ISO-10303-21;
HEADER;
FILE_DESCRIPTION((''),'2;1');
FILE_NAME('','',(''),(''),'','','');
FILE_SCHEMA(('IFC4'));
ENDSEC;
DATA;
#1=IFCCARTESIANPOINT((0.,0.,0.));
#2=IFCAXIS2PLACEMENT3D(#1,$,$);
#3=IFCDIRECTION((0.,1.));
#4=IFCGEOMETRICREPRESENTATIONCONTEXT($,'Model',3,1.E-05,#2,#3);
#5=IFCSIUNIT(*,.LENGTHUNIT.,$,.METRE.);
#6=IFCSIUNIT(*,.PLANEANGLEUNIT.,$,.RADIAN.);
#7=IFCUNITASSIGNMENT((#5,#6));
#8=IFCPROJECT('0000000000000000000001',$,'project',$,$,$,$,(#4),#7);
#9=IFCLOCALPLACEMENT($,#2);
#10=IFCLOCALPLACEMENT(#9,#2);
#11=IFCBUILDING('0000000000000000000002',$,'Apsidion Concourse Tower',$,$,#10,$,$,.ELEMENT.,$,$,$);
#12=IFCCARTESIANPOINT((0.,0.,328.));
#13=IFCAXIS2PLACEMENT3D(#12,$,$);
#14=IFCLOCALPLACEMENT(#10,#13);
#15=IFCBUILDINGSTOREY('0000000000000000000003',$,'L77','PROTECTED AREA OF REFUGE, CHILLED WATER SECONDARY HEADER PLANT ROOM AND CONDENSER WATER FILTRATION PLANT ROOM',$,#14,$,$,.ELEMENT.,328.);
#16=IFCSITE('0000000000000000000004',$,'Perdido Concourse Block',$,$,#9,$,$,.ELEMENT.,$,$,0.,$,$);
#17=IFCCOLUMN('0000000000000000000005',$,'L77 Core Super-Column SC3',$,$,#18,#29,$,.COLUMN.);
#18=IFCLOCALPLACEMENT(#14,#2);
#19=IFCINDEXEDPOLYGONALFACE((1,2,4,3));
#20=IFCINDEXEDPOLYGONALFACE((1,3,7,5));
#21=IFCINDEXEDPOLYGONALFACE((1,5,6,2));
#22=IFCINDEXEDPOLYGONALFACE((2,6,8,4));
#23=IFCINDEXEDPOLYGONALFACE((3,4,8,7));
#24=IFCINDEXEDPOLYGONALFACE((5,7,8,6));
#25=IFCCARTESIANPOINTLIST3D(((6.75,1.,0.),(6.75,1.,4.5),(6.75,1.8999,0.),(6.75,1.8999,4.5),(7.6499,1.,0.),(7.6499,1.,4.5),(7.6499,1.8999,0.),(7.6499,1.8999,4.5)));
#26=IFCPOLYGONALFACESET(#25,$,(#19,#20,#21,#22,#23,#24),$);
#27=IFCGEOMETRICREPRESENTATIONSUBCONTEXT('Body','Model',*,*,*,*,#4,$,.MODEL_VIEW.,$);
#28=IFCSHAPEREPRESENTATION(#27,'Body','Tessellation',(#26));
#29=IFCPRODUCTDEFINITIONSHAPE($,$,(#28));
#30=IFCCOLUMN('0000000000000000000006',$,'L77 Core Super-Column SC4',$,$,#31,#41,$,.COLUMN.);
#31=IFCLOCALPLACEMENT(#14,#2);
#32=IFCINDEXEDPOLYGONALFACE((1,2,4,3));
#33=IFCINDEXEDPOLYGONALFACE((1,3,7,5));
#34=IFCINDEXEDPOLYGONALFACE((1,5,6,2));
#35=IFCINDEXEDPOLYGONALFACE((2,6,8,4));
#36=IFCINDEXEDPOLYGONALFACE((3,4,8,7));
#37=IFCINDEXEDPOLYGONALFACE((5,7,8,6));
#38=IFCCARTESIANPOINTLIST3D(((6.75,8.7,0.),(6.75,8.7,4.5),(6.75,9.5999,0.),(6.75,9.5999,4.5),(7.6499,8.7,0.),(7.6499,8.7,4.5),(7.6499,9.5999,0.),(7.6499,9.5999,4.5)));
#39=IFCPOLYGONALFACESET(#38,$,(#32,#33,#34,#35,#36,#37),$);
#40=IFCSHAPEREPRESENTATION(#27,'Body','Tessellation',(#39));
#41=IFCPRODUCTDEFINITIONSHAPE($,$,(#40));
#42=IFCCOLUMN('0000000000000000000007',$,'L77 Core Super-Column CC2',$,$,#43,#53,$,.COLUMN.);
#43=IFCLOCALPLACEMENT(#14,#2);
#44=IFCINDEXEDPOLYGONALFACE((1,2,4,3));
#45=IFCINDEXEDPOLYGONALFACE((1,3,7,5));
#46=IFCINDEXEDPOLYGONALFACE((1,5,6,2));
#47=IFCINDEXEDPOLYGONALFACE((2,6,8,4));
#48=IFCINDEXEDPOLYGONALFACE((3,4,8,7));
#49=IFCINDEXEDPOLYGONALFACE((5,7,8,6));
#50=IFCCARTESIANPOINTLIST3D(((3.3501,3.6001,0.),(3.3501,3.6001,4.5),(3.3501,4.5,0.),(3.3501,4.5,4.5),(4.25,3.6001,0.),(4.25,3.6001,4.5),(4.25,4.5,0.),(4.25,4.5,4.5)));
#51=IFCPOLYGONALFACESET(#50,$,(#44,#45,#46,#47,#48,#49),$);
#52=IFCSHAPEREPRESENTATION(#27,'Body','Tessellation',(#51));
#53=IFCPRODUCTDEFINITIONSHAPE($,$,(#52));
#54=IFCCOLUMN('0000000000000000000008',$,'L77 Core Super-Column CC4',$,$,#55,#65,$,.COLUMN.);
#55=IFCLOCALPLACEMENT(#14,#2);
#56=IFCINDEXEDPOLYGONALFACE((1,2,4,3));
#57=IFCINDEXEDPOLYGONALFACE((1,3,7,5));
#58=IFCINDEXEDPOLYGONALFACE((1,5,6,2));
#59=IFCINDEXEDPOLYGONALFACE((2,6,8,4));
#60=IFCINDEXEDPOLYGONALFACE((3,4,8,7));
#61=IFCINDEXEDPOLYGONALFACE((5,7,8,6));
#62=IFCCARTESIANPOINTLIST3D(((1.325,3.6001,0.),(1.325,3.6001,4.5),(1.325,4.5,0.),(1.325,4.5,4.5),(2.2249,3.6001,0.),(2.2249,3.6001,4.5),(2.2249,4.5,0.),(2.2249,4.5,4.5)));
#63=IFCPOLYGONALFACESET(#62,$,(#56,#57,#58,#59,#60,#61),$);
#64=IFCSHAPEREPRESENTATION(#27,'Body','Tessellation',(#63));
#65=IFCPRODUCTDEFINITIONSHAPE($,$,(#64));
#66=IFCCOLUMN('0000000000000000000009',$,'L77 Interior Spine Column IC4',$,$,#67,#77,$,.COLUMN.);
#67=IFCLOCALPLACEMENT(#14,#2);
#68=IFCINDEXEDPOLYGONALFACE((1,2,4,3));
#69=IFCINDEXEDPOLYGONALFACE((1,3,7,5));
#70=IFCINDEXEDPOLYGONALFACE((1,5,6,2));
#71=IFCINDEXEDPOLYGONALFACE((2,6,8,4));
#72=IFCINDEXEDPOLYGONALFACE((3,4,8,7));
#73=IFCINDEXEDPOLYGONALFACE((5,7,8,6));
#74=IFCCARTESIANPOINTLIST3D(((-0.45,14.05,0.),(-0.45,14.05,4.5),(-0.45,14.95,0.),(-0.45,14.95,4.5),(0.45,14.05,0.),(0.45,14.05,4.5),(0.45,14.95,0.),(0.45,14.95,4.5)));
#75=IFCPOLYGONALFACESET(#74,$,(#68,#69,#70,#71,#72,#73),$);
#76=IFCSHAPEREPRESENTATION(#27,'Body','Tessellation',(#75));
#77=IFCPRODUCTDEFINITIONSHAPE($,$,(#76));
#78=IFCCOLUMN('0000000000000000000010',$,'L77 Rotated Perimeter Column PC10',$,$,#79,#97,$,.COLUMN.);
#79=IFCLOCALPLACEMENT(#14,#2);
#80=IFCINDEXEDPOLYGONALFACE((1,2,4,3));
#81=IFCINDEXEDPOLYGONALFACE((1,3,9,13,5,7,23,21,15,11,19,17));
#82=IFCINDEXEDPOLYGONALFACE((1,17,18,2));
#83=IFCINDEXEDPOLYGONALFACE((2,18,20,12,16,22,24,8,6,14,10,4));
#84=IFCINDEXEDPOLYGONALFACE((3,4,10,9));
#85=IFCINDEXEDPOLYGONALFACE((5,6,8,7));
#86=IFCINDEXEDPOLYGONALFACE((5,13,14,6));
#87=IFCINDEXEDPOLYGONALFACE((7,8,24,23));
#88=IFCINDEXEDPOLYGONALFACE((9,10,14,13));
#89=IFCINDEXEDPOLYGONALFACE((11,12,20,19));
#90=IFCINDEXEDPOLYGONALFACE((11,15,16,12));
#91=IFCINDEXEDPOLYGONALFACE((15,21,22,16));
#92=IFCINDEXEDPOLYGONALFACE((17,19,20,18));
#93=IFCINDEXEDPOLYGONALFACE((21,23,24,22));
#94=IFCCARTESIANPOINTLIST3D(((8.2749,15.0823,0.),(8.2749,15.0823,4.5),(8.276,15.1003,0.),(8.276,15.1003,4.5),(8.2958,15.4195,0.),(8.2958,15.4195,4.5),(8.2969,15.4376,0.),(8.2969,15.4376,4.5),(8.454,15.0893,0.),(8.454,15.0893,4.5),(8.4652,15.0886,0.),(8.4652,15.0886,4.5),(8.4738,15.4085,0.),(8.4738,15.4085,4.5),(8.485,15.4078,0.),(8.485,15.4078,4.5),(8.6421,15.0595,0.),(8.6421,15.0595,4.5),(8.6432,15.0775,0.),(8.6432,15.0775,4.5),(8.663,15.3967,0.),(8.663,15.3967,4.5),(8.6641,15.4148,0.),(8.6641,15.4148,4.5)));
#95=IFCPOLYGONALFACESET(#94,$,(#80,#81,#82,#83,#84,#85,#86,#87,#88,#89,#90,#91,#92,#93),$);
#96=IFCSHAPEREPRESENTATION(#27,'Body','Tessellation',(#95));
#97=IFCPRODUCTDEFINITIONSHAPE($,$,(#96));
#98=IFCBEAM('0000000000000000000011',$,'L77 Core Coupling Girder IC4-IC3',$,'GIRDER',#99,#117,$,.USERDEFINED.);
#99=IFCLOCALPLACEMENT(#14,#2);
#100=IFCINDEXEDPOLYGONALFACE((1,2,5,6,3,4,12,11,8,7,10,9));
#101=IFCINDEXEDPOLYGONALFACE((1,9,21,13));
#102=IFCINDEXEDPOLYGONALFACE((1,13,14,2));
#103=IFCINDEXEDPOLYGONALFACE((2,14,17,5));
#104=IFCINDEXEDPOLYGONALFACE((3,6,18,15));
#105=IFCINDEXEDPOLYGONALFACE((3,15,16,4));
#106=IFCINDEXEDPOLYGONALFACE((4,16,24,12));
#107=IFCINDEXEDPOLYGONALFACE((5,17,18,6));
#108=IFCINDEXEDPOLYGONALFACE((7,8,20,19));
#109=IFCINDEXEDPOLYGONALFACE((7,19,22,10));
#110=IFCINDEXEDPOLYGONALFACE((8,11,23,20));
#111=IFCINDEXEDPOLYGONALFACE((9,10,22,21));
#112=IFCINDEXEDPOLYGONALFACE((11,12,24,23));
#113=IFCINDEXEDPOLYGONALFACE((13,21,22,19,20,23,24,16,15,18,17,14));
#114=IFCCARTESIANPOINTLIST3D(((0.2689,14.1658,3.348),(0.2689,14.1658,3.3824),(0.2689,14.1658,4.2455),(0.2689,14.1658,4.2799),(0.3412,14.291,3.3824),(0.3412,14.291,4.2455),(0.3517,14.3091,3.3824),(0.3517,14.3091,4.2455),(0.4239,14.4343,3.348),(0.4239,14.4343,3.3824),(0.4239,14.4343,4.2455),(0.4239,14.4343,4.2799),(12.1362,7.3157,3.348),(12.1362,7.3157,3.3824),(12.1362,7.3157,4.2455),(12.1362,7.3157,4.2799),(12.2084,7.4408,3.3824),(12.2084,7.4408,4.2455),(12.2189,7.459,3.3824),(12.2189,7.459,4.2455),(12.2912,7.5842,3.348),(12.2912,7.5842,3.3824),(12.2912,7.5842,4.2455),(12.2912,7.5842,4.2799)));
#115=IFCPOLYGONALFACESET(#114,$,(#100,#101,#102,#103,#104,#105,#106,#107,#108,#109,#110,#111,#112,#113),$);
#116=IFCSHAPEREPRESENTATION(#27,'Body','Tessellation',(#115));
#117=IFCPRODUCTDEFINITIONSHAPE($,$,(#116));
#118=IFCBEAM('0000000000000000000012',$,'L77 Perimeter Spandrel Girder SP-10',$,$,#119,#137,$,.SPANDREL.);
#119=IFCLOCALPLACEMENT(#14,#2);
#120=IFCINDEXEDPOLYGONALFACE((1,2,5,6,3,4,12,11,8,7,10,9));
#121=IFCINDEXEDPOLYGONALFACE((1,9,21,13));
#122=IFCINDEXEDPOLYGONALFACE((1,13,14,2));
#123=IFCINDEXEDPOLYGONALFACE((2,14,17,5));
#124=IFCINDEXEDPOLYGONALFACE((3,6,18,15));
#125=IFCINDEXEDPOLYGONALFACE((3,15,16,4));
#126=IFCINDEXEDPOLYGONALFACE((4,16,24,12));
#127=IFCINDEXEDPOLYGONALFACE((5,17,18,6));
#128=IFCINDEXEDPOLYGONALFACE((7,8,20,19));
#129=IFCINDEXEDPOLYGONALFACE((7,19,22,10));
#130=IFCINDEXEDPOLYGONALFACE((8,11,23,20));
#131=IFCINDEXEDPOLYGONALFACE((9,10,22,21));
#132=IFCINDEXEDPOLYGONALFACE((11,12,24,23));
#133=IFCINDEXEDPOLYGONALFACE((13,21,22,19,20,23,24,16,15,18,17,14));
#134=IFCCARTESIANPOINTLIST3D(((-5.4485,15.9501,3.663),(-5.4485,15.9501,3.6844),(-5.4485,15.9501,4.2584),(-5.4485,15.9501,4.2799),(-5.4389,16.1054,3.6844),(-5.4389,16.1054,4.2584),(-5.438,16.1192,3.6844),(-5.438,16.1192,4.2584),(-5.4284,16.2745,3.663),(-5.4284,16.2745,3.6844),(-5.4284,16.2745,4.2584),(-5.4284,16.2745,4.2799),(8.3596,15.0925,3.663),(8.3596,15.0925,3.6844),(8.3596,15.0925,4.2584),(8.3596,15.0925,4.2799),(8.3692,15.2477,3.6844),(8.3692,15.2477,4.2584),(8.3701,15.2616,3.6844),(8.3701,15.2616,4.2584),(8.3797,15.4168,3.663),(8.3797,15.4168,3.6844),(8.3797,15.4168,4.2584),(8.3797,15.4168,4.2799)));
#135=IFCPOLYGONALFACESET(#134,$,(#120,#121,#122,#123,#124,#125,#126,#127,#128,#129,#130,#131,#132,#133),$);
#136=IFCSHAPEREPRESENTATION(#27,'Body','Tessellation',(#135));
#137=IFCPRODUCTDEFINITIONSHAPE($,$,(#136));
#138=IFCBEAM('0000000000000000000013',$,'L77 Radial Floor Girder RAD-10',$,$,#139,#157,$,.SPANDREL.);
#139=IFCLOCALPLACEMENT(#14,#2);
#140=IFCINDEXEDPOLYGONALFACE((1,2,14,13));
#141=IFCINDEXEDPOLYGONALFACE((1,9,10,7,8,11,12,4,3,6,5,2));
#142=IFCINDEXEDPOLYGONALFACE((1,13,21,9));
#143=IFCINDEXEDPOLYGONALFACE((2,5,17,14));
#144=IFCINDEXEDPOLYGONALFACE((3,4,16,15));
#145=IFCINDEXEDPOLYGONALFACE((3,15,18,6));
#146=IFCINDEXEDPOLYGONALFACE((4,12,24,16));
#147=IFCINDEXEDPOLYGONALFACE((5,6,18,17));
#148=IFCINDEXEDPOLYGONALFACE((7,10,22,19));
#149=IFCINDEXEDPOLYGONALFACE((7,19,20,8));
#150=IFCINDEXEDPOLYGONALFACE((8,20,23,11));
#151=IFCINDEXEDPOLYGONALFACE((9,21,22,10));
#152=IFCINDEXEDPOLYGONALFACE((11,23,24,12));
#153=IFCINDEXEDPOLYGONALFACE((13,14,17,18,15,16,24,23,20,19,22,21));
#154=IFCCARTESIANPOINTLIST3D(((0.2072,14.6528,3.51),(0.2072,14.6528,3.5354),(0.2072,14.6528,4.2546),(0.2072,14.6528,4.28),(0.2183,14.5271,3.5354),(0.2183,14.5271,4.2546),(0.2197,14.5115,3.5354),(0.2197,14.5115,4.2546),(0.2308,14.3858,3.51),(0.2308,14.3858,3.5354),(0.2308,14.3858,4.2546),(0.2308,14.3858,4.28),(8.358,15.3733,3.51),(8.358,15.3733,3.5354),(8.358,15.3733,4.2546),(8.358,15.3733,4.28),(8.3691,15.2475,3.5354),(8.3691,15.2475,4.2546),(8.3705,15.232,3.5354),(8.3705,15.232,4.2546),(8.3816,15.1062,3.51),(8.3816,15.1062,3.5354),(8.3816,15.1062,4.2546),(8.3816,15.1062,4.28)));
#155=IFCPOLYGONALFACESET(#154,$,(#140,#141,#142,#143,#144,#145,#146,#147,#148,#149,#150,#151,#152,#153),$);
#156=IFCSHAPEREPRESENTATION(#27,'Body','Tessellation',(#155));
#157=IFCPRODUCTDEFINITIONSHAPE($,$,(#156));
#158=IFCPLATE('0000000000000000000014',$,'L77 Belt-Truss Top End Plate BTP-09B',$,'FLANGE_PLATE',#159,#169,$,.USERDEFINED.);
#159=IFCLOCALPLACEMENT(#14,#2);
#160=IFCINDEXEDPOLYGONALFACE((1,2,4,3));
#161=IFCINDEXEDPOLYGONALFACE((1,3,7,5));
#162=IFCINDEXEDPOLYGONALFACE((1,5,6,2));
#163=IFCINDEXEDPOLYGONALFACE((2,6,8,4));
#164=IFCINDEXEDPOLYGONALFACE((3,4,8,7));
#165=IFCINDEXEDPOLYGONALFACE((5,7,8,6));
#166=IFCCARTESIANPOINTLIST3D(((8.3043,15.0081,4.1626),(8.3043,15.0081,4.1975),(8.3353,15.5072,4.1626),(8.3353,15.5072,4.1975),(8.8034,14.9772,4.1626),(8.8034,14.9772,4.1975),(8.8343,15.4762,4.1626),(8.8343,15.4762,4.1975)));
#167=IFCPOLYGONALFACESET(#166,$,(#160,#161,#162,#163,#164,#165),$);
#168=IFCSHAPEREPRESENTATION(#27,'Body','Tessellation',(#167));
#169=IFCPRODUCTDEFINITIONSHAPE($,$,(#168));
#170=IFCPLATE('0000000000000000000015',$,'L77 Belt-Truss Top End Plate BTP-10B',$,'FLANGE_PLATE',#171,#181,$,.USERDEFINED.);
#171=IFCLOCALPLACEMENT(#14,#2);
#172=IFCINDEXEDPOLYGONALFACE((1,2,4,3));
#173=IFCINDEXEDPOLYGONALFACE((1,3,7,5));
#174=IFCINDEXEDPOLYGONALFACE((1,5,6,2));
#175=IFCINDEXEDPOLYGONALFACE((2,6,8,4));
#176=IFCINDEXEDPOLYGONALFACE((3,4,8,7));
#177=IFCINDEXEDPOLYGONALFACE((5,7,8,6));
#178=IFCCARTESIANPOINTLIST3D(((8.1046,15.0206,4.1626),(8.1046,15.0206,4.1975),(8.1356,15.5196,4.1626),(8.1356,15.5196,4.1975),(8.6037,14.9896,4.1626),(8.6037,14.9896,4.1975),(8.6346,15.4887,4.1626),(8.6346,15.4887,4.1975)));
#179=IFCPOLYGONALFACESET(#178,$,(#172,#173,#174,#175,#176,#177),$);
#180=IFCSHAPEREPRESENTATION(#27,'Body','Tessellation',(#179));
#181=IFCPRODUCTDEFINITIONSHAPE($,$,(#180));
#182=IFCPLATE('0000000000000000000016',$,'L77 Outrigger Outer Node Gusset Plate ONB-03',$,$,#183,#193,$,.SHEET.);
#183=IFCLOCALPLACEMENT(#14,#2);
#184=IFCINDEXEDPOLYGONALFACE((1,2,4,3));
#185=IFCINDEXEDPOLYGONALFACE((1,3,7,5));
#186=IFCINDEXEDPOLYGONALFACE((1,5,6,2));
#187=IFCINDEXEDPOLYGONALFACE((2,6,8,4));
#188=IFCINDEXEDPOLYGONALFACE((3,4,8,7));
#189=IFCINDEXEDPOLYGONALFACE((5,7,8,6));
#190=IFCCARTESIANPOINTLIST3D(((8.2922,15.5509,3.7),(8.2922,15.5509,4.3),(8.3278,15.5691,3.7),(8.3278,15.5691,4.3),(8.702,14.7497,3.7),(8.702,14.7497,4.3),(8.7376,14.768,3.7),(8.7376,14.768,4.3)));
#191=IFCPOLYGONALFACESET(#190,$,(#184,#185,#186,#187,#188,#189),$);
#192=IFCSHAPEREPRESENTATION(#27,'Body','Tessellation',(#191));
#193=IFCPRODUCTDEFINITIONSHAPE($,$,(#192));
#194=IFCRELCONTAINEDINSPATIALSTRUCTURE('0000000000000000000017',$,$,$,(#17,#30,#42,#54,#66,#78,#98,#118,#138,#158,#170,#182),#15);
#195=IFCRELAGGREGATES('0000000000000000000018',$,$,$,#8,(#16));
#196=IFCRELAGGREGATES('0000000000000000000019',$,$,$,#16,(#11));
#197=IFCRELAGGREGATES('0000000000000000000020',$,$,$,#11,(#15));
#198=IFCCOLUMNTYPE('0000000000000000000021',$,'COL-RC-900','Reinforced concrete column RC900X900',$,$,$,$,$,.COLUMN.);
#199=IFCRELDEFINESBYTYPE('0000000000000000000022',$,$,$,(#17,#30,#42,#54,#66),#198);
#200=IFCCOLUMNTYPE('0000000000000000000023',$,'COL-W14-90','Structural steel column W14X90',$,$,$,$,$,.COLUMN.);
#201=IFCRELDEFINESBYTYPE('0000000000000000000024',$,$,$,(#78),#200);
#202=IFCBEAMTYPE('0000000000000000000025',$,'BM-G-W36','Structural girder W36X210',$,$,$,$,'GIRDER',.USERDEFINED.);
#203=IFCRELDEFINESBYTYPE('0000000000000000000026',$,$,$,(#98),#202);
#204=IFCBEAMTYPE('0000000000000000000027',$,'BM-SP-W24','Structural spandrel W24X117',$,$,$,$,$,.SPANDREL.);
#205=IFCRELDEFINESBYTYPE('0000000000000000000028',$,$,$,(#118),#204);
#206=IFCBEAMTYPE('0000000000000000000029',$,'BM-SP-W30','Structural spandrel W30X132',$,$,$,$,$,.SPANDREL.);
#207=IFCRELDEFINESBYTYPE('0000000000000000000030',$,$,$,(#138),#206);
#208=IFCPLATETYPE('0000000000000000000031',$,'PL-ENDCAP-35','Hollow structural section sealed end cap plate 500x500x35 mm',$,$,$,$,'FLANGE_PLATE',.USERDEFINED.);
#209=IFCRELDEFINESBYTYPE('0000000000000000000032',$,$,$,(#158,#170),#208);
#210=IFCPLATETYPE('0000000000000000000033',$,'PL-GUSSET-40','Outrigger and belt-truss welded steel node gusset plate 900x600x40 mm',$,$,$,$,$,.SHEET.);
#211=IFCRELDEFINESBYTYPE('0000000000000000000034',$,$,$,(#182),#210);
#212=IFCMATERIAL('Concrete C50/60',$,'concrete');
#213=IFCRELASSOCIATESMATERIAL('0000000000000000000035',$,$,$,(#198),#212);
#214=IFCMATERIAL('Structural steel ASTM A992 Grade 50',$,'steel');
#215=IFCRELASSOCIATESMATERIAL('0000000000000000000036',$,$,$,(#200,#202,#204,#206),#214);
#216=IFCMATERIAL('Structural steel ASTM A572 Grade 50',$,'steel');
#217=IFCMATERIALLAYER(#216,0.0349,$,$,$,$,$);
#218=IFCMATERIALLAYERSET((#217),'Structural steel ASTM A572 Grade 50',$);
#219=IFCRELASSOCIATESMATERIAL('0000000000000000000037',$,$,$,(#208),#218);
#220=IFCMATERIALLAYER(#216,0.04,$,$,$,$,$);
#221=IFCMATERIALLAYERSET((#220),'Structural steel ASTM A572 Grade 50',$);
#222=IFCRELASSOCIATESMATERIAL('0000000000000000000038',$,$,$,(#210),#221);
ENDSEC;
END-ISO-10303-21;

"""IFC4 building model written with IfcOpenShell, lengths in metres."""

from ifc_helpers import new_model, si_unit, direction, frame, origin, origin_2d, place, context, subcontext, project, spatial, rectangle, i_section, extrude, material, layer, layer_set, material_profile, profile_set, type_object, element, save


model = new_model("IFC4")

# Units and contexts
model_context = context("Model", 3, precision=1e-05, world=origin(), true_north=direction((0.0, 1.0)))
body_context = subcontext(model_context, "Body", "Model", "MODEL_VIEW")
ifc_project = project(units=[si_unit("LENGTHUNIT", "METRE"), si_unit("PLANEANGLEUNIT", "RADIAN")], contexts=[model_context])

# Site, building, storey
site_placement = place(None, origin())
site = spatial("IfcSite", under=ifc_project, at=site_placement, Name="Perdido Concourse Block", CompositionType="ELEMENT", RefElevation=0.0)
building_placement = place(site_placement, origin())
building = spatial("IfcBuilding", under=site, at=building_placement, Name="Apsidion Concourse Tower", CompositionType="ELEMENT")
storey_placement = place(building_placement, frame((0.0, 0.0, 328.0)))
storey = spatial("IfcBuildingStorey", under=building, at=storey_placement, Name="L77", Description="PROTECTED AREA OF REFUGE, CHILLED WATER SECONDARY HEADER PLANT ROOM AND CONDENSER WATER FILTRATION PLANT ROOM", CompositionType="ELEMENT", Elevation=328.0)

# Columns
ifc_material_1 = material(Name="Concrete C50/60", Category="concrete")
ifc_material_profile_1 = material_profile(ifc_material_1, rectangle(XDim=0.8999, YDim=0.8999, at=origin_2d()), Name="RC 900x900")
ifc_profile_set_1 = profile_set([ifc_material_profile_1], Name="Concrete C50/60")
column_type_1 = type_object("IfcColumnType", Name="COL-RC-900", Description="Reinforced concrete column RC900X900", PredefinedType="COLUMN", material=ifc_profile_set_1)
for number, where, z_axis, x_axis, name in (
    (1, (7.2, 1.45, 0.0), (0.0, 0.0, 1.0), (1.0, 0.0, 0.0), "L77 Core Super-Column SC3"),
    (2, (7.2, 9.1499, 0.0), (0.0, 0.0, 1.0), (1.0, 0.0, 0.0), "L77 Core Super-Column SC4"),
    (3, (3.8, 4.05, 0.0), (0.0, 0.0, 1.0), (1.0, 0.0, 0.0), "L77 Core Super-Column CC2"),
    (4, (1.7749, 4.05, 0.0), (0.0, 0.0, 1.0), (1.0, 0.0, 0.0), "L77 Core Super-Column CC4"),
    (5, (0.0, 14.5, 0.0), (0.0, 0.0, 1.0), (1.0, 0.0, 0.0), "L77 Interior Spine Column IC4"),
):
    element("IfcColumn", number, at=place(storey_placement, frame(where, z_axis=z_axis, x_axis=x_axis)), inside=storey, type_object=column_type_1, Name=name, PredefinedType="COLUMN", context=body_context, shape_type="SweptSolid", body=[
        extrude(rectangle(XDim=0.8999, YDim=0.8999, at=origin_2d()), origin(), (0.0, 0.0, 1.0), 4.5),
    ])
ifc_material_2 = material(Name="Structural steel ASTM A992 Grade 50", Category="steel")
ifc_material_profile_2 = material_profile(ifc_material_2, i_section(OverallWidth=0.3679, OverallDepth=0.356, WebThickness=0.0112, FlangeThickness=0.0181, at=origin_2d()), Name="W14X90")
ifc_profile_set_2 = profile_set([ifc_material_profile_2], Name="Structural steel ASTM A992 Grade 50")
column_type_2 = type_object("IfcColumnType", Name="COL-W14-90", Description="Structural steel column W14X90", PredefinedType="COLUMN", material=ifc_profile_set_2)
column_placement = place(storey_placement, frame((8.4695, 15.2485, 0.0), z_axis=(0.0, 0.0, 1.0), x_axis=(-0.998081, 0.06192, 0.0)))
element("IfcColumn", 6, at=column_placement, inside=storey, type_object=column_type_2, Name="L77 Rotated Perimeter Column PC10", PredefinedType="COLUMN", context=body_context, shape_type="SweptSolid", body=[
    extrude(i_section(OverallWidth=0.3679, OverallDepth=0.356, WebThickness=0.0112, FlangeThickness=0.0181, at=origin_2d()), origin(), (0.0, 0.0, 1.0), 4.5),
])

# Beams
ifc_material_profile_3 = material_profile(ifc_material_2, i_section(OverallWidth=0.3101, OverallDepth=0.9319, WebThickness=0.021, FlangeThickness=0.0344, at=origin_2d()), Name="W36X210")
ifc_profile_set_3 = profile_set([ifc_material_profile_3], Name="Structural steel ASTM A992 Grade 50")
beam_type_1 = type_object("IfcBeamType", Name="BM-G-W36", Description="Structural girder W36X210", ElementType="GIRDER", PredefinedType="USERDEFINED", material=ifc_profile_set_3)
beam_1_placement = place(storey_placement, frame((0.3464, 14.3, 3.814), z_axis=(0.86607, -0.499922, 0.0), x_axis=(0.499922, 0.86607, 0.0)))
element("IfcBeam", 7, at=beam_1_placement, inside=storey, type_object=beam_type_1, Name="L77 Core Coupling Girder IC4-IC3", ObjectType="GIRDER", PredefinedType="USERDEFINED", context=body_context, shape_type="SweptSolid", body=[
    extrude(i_section(OverallWidth=0.3101, OverallDepth=0.9319, WebThickness=0.021, FlangeThickness=0.0344, at=origin_2d()), origin(), (0.0, 0.0, 1.0), 13.7024),
])
ifc_material_profile_4 = material_profile(ifc_material_2, i_section(OverallWidth=0.325, OverallDepth=0.6169, WebThickness=0.0139, FlangeThickness=0.0215, at=origin_2d()), Name="W24X117")
ifc_profile_set_4 = profile_set([ifc_material_profile_4], Name="Structural steel ASTM A992 Grade 50")
beam_type_2 = type_object("IfcBeamType", Name="BM-SP-W24", Description="Structural spandrel W24X117", PredefinedType="SPANDREL", material=ifc_profile_set_4)
beam_2_placement = place(storey_placement, frame((8.3696, 15.2546, 3.9714), z_axis=(-0.998077, 0.061994, 0.0), x_axis=(-0.061994, -0.998077, 0.0)))
element("IfcBeam", 8, at=beam_2_placement, inside=storey, type_object=beam_type_2, Name="L77 Perimeter Spandrel Girder SP-10", PredefinedType="SPANDREL", context=body_context, shape_type="SweptSolid", body=[
    extrude(i_section(OverallWidth=0.325, OverallDepth=0.6169, WebThickness=0.0139, FlangeThickness=0.0215, at=origin_2d()), origin(), (0.0, 0.0, 1.0), 13.8347),
])
ifc_material_profile_5 = material_profile(ifc_material_2, i_section(OverallWidth=0.2681, OverallDepth=0.77, WebThickness=0.0156, FlangeThickness=0.0254, at=origin_2d()), Name="W30X132")
ifc_profile_set_5 = profile_set([ifc_material_profile_5], Name="Structural steel ASTM A992 Grade 50")
beam_type_3 = type_object("IfcBeamType", Name="BM-SP-W30", Description="Structural spandrel W30X132", PredefinedType="SPANDREL", material=ifc_profile_set_5)
beam_3_placement = place(storey_placement, frame((0.219, 14.5193, 3.895), z_axis=(0.996116, 0.088047, 0.0), x_axis=(-0.088047, 0.996116, 0.0)))
element("IfcBeam", 9, at=beam_3_placement, inside=storey, type_object=beam_type_3, Name="L77 Radial Floor Girder RAD-10", PredefinedType="SPANDREL", context=body_context, shape_type="SweptSolid", body=[
    extrude(i_section(OverallWidth=0.2681, OverallDepth=0.77, WebThickness=0.0156, FlangeThickness=0.0254, at=origin_2d()), origin(), (0.0, 0.0, 1.0), 8.1826),
])

# Plates
ifc_material_3 = material(Name="Structural steel ASTM A572 Grade 50", Category="steel")
ifc_layer_1 = layer(ifc_material_3, 0.0349)
ifc_layer_set_1 = layer_set([ifc_layer_1], Name="Structural steel ASTM A572 Grade 50")
plate_type_1 = type_object("IfcPlateType", Name="PL-ENDCAP-35", Description="Hollow structural section sealed end cap plate 500x500x35 mm", ElementType="FLANGE_PLATE", PredefinedType="USERDEFINED", material=ifc_layer_set_1)
for number, where, z_axis, x_axis, name in (
    (10, (8.5693, 15.2422, 4.1626), (0.0, 0.0, 1.0), (-0.998081, 0.06192, 0.0), "L77 Belt-Truss Top End Plate BTP-09B"),
    (11, (8.3696, 15.2546, 4.1626), (0.0, 0.0, 1.0), (-0.998081, 0.06192, 0.0), "L77 Belt-Truss Top End Plate BTP-10B"),
):
    element("IfcPlate", number, at=place(storey_placement, frame(where, z_axis=z_axis, x_axis=x_axis)), inside=storey, type_object=plate_type_1, Name=name, ObjectType="FLANGE_PLATE", PredefinedType="USERDEFINED", context=body_context, shape_type="SweptSolid", body=[
        extrude(rectangle(XDim=0.5, YDim=0.5, at=origin_2d()), origin(), (0.0, 0.0, 1.0), 0.0349),
    ])
ifc_layer_2 = layer(ifc_material_3, 0.04)
ifc_layer_set_2 = layer_set([ifc_layer_2], Name="Structural steel ASTM A572 Grade 50")
plate_type_2 = type_object("IfcPlateType", Name="PL-GUSSET-40", Description="Outrigger and belt-truss welded steel node gusset plate 900x600x40 mm", PredefinedType="SHEET", material=ifc_layer_set_2)
plate_placement = place(storey_placement, frame((8.5149, 15.1594, 3.7), z_axis=(0.0, 0.0, 1.0), x_axis=(-0.45539, 0.890292, 0.0)))
element("IfcPlate", 12, at=plate_placement, inside=storey, type_object=plate_type_2, Name="L77 Outrigger Outer Node Gusset Plate ONB-03", PredefinedType="SHEET", context=body_context, shape_type="SweptSolid", body=[
    extrude(rectangle(XDim=0.8999, YDim=0.04, at=origin_2d()), origin(), (0.0, 0.0, 1.0), 0.6001),
])

save(model, "model.ifc")
